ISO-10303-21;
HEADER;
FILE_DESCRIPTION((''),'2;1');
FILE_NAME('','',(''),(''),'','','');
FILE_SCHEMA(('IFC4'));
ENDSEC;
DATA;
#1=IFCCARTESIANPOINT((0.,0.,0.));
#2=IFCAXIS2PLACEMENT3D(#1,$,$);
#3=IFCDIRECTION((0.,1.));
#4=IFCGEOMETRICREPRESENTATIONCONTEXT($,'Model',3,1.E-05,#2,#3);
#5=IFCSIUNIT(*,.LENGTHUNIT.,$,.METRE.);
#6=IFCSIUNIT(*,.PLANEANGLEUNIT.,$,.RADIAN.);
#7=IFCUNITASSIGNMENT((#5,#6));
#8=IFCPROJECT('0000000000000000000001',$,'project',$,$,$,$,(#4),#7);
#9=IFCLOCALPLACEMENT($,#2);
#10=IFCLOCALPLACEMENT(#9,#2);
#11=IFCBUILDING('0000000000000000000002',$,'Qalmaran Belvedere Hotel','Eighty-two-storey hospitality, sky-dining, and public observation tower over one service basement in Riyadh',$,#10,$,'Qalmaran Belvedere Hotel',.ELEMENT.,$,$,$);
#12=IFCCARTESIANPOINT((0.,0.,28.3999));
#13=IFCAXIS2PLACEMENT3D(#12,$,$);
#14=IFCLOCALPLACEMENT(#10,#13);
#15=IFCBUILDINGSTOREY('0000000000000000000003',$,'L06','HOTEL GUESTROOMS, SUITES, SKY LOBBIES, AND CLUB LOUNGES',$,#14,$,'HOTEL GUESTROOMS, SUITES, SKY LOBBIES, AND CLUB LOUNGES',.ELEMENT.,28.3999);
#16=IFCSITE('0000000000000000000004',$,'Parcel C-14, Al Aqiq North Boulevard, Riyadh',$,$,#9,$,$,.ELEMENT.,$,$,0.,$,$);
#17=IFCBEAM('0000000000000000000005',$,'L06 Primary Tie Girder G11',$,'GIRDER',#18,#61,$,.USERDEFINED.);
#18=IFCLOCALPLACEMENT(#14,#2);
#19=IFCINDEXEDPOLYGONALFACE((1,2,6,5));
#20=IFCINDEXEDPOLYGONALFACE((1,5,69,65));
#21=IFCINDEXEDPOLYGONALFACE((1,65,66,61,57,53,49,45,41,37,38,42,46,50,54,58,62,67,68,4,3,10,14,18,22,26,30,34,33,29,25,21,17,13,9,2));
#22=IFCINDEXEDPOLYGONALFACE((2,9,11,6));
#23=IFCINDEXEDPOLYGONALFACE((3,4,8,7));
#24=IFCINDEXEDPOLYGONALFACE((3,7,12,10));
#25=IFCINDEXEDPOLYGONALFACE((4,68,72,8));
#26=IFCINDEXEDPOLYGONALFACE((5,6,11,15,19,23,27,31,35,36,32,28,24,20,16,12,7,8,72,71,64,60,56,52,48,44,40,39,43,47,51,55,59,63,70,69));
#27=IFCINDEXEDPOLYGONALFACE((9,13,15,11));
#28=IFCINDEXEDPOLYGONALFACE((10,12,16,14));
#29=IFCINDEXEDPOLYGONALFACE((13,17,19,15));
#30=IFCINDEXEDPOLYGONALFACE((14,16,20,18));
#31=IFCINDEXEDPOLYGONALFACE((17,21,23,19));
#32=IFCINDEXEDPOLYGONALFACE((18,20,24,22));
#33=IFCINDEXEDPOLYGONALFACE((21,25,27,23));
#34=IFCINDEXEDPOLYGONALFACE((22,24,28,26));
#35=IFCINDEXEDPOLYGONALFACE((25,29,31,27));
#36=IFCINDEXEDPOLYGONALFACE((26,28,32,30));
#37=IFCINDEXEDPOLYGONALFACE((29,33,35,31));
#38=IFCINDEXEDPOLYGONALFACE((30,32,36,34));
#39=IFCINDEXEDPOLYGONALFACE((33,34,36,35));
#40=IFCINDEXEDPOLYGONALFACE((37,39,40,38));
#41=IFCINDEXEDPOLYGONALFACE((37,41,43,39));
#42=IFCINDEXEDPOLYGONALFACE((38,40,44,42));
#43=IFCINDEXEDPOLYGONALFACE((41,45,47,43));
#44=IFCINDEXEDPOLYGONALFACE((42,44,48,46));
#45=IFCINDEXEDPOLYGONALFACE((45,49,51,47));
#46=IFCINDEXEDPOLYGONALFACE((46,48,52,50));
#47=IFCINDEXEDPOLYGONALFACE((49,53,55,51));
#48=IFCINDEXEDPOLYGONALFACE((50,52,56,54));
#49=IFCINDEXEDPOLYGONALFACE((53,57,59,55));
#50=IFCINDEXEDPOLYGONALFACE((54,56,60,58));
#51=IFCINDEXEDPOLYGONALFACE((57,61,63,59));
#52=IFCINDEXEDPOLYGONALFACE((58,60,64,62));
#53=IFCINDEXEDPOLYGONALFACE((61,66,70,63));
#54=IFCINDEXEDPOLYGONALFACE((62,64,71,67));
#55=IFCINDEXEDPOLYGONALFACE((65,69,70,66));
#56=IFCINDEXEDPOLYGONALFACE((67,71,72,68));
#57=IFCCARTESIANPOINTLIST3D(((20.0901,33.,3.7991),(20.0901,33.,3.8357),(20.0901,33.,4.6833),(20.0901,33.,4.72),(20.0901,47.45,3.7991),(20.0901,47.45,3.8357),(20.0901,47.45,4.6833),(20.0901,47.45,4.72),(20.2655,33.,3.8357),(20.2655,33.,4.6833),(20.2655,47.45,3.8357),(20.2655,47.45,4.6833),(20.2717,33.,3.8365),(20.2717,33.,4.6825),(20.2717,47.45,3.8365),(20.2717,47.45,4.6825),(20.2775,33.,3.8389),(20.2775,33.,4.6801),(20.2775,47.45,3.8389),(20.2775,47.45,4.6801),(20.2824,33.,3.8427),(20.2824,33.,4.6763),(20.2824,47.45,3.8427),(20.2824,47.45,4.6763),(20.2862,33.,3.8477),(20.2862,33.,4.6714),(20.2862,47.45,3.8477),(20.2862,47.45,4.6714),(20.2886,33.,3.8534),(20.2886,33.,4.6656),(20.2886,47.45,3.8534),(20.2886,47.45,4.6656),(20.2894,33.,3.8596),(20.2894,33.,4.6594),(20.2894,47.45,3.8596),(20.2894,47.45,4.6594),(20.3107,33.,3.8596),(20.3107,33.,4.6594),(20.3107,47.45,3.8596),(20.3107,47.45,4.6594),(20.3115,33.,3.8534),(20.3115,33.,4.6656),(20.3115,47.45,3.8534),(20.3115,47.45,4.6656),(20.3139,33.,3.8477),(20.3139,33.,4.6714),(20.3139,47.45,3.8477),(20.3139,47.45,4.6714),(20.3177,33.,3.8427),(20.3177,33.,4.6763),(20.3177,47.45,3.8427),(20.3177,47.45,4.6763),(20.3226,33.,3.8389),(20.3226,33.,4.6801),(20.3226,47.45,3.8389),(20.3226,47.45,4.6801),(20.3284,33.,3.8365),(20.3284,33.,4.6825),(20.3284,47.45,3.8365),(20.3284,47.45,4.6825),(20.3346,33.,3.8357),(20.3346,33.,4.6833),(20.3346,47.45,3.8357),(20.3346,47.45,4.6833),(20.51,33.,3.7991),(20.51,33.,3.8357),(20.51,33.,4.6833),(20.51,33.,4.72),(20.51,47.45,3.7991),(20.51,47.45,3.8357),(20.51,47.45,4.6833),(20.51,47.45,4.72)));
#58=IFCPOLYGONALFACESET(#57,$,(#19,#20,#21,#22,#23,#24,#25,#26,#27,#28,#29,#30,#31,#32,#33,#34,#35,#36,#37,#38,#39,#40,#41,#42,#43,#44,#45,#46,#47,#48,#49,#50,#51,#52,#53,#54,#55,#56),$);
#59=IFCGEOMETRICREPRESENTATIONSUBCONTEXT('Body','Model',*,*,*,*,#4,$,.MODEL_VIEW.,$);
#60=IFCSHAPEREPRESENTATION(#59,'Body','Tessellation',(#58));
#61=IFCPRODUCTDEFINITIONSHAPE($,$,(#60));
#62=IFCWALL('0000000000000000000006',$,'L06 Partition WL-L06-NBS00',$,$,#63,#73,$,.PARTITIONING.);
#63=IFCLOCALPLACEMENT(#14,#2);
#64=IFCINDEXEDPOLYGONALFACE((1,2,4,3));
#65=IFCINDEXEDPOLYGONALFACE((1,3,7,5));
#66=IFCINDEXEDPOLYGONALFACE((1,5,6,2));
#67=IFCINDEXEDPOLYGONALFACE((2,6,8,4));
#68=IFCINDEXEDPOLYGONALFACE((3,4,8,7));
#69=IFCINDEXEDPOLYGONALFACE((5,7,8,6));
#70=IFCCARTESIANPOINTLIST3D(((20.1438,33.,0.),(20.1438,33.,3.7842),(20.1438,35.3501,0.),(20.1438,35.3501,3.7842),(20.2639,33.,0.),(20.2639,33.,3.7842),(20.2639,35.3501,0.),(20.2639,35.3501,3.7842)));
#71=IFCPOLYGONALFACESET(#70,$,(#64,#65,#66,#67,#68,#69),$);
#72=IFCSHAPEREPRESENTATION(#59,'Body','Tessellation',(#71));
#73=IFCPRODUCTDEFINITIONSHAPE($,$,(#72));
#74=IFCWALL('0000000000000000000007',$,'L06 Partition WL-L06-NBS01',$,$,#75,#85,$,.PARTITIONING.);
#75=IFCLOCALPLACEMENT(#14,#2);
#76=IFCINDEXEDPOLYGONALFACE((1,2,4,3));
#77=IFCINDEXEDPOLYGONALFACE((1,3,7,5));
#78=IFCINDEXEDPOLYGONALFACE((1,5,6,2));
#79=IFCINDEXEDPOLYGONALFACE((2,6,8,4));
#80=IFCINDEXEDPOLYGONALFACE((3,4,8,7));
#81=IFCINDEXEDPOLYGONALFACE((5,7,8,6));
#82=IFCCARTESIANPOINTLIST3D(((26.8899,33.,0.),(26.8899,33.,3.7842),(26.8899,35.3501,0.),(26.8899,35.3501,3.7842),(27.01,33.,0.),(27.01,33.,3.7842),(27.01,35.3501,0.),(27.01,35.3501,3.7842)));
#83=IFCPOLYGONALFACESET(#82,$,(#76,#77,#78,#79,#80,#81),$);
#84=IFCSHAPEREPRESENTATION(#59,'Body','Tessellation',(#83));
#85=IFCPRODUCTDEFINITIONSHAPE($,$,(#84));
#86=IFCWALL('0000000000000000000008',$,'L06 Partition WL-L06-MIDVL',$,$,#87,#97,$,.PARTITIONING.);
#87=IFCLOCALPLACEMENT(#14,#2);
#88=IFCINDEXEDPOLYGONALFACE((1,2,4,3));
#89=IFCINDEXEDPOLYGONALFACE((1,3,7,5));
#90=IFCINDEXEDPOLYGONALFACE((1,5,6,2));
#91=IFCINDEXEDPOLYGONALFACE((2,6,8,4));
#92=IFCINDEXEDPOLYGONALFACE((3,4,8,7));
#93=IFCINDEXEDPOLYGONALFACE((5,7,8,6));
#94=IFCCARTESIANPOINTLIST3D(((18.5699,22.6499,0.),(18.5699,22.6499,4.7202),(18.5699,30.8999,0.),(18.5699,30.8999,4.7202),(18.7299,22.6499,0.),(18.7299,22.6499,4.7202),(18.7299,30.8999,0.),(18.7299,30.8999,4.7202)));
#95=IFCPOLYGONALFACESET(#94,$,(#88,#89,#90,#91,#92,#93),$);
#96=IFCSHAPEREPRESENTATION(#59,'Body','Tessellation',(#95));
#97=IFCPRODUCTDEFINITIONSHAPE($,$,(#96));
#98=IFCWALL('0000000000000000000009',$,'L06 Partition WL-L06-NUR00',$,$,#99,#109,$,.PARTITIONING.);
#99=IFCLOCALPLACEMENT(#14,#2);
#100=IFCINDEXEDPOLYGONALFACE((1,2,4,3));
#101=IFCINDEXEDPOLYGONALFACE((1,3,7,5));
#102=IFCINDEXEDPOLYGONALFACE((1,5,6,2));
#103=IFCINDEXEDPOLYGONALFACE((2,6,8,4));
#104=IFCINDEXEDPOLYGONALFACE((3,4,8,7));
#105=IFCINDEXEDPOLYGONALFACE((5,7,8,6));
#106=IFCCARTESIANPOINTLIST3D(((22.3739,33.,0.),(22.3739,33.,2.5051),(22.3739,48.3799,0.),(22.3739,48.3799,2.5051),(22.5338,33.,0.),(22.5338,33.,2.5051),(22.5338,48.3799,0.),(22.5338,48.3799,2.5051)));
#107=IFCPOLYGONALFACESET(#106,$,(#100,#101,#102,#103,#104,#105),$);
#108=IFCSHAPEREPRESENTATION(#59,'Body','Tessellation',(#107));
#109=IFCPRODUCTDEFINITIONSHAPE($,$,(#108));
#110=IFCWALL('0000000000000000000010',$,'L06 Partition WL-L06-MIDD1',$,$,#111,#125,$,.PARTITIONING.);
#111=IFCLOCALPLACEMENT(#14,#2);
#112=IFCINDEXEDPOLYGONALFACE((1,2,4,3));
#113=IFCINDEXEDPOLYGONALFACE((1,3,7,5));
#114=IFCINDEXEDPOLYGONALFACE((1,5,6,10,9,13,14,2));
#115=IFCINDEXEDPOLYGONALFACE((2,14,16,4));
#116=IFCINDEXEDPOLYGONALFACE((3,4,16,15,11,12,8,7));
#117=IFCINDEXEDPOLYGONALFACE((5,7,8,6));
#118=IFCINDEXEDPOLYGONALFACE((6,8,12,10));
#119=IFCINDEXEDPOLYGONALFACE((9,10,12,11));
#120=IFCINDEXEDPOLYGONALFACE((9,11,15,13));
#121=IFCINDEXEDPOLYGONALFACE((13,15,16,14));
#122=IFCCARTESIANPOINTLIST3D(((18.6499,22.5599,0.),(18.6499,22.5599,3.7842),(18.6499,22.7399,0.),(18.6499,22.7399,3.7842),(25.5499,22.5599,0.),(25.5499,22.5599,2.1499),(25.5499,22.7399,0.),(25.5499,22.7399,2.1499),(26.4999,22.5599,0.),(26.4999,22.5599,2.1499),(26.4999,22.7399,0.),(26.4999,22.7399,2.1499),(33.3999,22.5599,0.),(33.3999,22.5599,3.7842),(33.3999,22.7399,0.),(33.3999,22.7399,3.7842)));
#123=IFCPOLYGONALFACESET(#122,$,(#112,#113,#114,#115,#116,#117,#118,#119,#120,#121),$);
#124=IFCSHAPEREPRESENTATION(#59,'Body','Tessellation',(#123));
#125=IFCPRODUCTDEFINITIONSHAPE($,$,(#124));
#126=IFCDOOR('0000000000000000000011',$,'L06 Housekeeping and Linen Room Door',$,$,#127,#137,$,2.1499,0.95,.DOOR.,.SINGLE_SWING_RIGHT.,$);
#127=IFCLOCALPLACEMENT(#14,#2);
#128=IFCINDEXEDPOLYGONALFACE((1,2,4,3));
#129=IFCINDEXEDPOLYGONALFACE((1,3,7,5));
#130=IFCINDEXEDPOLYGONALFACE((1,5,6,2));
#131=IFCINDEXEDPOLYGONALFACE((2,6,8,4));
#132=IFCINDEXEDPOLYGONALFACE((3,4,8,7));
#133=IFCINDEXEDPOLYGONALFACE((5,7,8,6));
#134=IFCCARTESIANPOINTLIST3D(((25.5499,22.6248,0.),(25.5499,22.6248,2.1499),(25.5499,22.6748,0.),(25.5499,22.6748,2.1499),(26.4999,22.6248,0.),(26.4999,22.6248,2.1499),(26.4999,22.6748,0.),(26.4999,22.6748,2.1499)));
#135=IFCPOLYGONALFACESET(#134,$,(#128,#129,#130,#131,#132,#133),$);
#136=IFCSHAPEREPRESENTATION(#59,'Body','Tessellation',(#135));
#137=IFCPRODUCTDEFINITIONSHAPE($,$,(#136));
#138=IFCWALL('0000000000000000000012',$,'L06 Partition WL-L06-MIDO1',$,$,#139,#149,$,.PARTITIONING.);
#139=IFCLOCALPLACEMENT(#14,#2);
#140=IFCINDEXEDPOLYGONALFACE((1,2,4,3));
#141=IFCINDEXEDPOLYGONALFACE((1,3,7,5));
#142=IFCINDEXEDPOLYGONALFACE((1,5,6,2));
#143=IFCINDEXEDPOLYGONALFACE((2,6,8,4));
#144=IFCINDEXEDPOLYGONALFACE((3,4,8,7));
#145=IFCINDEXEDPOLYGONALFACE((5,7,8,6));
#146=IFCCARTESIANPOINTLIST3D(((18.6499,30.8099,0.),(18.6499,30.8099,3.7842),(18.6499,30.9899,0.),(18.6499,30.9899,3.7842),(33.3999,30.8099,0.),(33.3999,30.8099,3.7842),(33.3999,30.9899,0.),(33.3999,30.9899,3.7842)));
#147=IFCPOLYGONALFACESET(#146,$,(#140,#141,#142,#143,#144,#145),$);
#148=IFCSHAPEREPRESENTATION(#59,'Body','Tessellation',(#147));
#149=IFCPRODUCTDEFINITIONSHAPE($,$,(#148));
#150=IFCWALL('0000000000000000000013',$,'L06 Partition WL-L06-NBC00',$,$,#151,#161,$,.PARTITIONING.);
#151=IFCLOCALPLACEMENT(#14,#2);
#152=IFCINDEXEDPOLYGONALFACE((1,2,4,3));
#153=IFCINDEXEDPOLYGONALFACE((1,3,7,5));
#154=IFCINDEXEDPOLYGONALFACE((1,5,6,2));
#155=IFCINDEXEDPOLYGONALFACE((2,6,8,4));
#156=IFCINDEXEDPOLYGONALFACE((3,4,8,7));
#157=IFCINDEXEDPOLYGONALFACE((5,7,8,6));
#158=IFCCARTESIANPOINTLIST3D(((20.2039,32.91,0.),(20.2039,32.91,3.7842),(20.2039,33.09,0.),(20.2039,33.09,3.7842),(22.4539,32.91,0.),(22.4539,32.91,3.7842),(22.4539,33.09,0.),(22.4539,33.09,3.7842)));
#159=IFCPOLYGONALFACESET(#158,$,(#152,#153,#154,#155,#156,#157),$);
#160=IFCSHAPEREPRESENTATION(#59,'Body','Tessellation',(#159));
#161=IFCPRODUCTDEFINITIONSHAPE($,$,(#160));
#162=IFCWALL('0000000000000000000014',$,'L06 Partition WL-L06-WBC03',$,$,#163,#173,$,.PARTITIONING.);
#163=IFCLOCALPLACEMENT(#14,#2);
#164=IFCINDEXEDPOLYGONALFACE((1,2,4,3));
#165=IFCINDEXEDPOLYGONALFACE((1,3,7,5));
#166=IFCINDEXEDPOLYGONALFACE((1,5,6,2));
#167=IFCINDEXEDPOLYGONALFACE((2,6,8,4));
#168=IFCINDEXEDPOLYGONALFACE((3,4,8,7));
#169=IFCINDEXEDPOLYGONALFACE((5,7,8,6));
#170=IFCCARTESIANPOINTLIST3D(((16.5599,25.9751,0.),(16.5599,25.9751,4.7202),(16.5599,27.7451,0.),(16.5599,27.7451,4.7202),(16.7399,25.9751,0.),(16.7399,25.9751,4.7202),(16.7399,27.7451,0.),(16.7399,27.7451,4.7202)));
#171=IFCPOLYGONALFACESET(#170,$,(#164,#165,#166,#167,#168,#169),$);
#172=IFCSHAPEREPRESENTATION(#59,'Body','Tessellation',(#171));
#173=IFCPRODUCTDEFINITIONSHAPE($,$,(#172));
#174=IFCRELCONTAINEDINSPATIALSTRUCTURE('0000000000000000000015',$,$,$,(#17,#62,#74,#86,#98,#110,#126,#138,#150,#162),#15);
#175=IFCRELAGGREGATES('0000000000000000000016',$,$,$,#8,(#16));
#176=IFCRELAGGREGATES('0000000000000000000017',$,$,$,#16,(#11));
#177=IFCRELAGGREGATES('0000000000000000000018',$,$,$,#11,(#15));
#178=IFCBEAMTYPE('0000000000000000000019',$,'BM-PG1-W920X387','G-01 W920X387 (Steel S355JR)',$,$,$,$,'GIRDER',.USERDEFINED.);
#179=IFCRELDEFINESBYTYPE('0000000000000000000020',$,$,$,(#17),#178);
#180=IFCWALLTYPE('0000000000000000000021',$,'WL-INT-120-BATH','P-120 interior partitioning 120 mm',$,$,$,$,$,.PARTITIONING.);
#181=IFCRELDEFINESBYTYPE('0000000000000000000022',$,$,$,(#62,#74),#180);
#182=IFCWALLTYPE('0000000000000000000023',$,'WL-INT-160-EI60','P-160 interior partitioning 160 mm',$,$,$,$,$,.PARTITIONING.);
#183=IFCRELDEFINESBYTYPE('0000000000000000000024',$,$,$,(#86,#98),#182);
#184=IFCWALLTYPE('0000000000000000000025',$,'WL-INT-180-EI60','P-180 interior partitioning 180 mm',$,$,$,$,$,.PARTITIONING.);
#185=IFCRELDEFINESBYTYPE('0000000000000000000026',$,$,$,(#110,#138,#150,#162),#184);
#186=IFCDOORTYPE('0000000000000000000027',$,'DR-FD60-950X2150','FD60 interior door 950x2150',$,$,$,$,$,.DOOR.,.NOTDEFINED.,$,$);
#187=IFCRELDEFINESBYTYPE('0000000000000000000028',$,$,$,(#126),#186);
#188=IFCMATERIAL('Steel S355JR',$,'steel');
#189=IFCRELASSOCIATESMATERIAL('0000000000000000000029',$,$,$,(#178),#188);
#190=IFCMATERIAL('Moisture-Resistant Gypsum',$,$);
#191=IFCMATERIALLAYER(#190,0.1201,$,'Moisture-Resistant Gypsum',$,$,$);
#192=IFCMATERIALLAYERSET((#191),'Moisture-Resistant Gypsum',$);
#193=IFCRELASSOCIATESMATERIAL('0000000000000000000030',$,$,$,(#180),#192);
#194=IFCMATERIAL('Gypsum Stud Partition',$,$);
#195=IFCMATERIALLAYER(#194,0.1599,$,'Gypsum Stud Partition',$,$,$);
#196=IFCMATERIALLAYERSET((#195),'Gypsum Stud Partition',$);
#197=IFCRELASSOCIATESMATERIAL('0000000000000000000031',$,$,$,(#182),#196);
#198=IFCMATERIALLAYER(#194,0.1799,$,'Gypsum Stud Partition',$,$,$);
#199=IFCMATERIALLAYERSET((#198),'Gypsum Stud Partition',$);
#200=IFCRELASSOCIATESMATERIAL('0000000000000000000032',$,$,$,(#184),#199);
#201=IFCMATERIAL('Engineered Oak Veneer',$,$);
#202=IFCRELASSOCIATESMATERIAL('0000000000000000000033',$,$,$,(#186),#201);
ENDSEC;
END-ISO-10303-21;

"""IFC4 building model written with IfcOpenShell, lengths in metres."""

from ifc_helpers import new_model, si_unit, direction, frame, frame_2d, origin, origin_2d, place, context, subcontext, project, spatial, rectangle, i_section, extrude, material, layer, layer_set, material_profile, profile_set, type_object, element, fill, save


model = new_model("IFC4")

# Units and contexts
model_context = context("Model", 3, precision=1e-05, world=origin(), true_north=direction((0.0, 1.0)))
body_context = subcontext(model_context, "Body", "Model", "MODEL_VIEW")
ifc_project = project(units=[si_unit("LENGTHUNIT", "METRE"), si_unit("PLANEANGLEUNIT", "RADIAN")], contexts=[model_context])

# Site, building, storey
site_placement = place(None, origin())
site = spatial("IfcSite", under=ifc_project, at=site_placement, Name="Parcel C-14, Al Aqiq North Boulevard, Riyadh", CompositionType="ELEMENT", RefElevation=0.0)
building_placement = place(site_placement, origin())
building = spatial("IfcBuilding", under=site, at=building_placement, Name="Qalmaran Belvedere Hotel", Description="Eighty-two-storey hospitality, sky-dining, and public observation tower over one service basement in Riyadh", LongName="Qalmaran Belvedere Hotel", CompositionType="ELEMENT")
storey_placement = place(building_placement, frame((0.0, 0.0, 28.3999)))
storey = spatial("IfcBuildingStorey", under=building, at=storey_placement, Name="L06", Description="HOTEL GUESTROOMS, SUITES, SKY LOBBIES, AND CLUB LOUNGES", LongName="HOTEL GUESTROOMS, SUITES, SKY LOBBIES, AND CLUB LOUNGES", CompositionType="ELEMENT", Elevation=28.3999)

# Beam
ifc_material_1 = material(Name="Steel S355JR", Category="steel")
ifc_material_profile_1 = material_profile(ifc_material_1, i_section(OverallWidth=0.4199, OverallDepth=0.9209, WebThickness=0.0212, FlangeThickness=0.0366, FilletRadius=0.0239, at=origin_2d()), Name="W920X387")
ifc_profile_set_1 = profile_set([ifc_material_profile_1], Name="Steel S355JR")
beam_type_1 = type_object("IfcBeamType", Name="BM-PG1-W920X387", Description="G-01 W920X387 (Steel S355JR)", ElementType="GIRDER", PredefinedType="USERDEFINED", material=ifc_profile_set_1)
beam_1_placement = place(storey_placement, frame((20.3, 33.0, 4.2595), z_axis=(0.0, 1.0, 0.0), x_axis=(-1.0, 0.0, 0.0)))
element("IfcBeam", 1, at=beam_1_placement, inside=storey, type_object=beam_type_1, Name="L06 Primary Tie Girder G11", ObjectType="GIRDER", PredefinedType="USERDEFINED", context=body_context, shape_type="SweptSolid", body=[
    extrude(i_section(OverallWidth=0.4199, OverallDepth=0.9209, WebThickness=0.0212, FlangeThickness=0.0366, FilletRadius=0.0239, at=origin_2d()), origin(), (0.0, 0.0, 1.0), 14.45),
])

# Walls
ifc_material_2 = material(Name="Moisture-Resistant Gypsum")
ifc_layer_1 = layer(ifc_material_2, 0.1201, Name="Moisture-Resistant Gypsum")
ifc_layer_set_1 = layer_set([ifc_layer_1], Name="Moisture-Resistant Gypsum")
wall_type_1 = type_object("IfcWallType", Name="WL-INT-120-BATH", Description="P-120 interior partitioning 120 mm", PredefinedType="PARTITIONING", material=ifc_layer_set_1)
for number, where, z_axis, x_axis, name in (
    (2, (20.2039, 33.0, 0.0), (0.0, 0.0, 1.0), (0.0, 1.0, 0.0), "L06 Partition WL-L06-NBS00"),
    (3, (26.95, 33.0, 0.0), (0.0, 0.0, 1.0), (0.0, 1.0, 0.0), "L06 Partition WL-L06-NBS01"),
):
    element("IfcWall", number, at=place(storey_placement, frame(where, z_axis=z_axis, x_axis=x_axis)), inside=storey, type_object=wall_type_1, Name=name, PredefinedType="PARTITIONING", context=body_context, shape_type="SweptSolid", body=[
        extrude(rectangle(XDim=2.3501, YDim=0.1201, at=frame_2d((1.175, 0.0))), origin(), (0.0, 0.0, 1.0), 3.7842),
    ])

# Shared definitions
ifc_material_3 = material(Name="Gypsum Stud Partition")

# Walls
ifc_layer_2 = layer(ifc_material_3, 0.1599, Name="Gypsum Stud Partition")
ifc_layer_set_2 = layer_set([ifc_layer_2], Name="Gypsum Stud Partition")
wall_type_2 = type_object("IfcWallType", Name="WL-INT-160-EI60", Description="P-160 interior partitioning 160 mm", PredefinedType="PARTITIONING", material=ifc_layer_set_2)
wall_1_placement = place(storey_placement, frame((18.6499, 22.6499, 0.0), z_axis=(0.0, 0.0, 1.0), x_axis=(0.0, 1.0, 0.0)))
element("IfcWall", 4, at=wall_1_placement, inside=storey, type_object=wall_type_2, Name="L06 Partition WL-L06-MIDVL", PredefinedType="PARTITIONING", context=body_context, shape_type="SweptSolid", body=[
    extrude(rectangle(XDim=8.25, YDim=0.1599, at=frame_2d((4.125, 0.0))), origin(), (0.0, 0.0, 1.0), 4.7202),
])
wall_2_placement = place(storey_placement, frame((22.4539, 33.0, 0.0), z_axis=(0.0, 0.0, 1.0), x_axis=(0.0, 1.0, 0.0)))
element("IfcWall", 5, at=wall_2_placement, inside=storey, type_object=wall_type_2, Name="L06 Partition WL-L06-NUR00", PredefinedType="PARTITIONING", context=body_context, shape_type="SweptSolid", body=[
    extrude(rectangle(XDim=15.3799, YDim=0.1599, at=frame_2d((7.6899, 0.0))), origin(), (0.0, 0.0, 1.0), 2.5051),
])

# Wall, opening, door
ifc_layer_3 = layer(ifc_material_3, 0.1799, Name="Gypsum Stud Partition")
ifc_layer_set_3 = layer_set([ifc_layer_3], Name="Gypsum Stud Partition")
wall_type_3 = type_object("IfcWallType", Name="WL-INT-180-EI60", Description="P-180 interior partitioning 180 mm", PredefinedType="PARTITIONING", material=ifc_layer_set_3)
wall_3_placement = place(storey_placement, frame((18.6499, 22.6499, 0.0), z_axis=(0.0, 0.0, 1.0), x_axis=(1.0, 0.0, 0.0)))
wall_3 = element("IfcWall", 6, at=wall_3_placement, inside=storey, type_object=wall_type_3, Name="L06 Partition WL-L06-MIDD1", PredefinedType="PARTITIONING", context=body_context, shape_type="SweptSolid", body=[
    extrude(rectangle(XDim=14.75, YDim=0.1799, at=frame_2d((7.375, 0.0))), origin(), (0.0, 0.0, 1.0), 3.7842),
])
opening_1_placement = place(wall_3_placement, frame((6.8999, 0.0, 0.0)))
opening_1 = element("IfcOpeningElement", 7, at=opening_1_placement, cuts=wall_3, PredefinedType="OPENING", context=body_context, shape_type="SweptSolid", body=[
    extrude(rectangle(XDim=0.95, YDim=2.1499, at=frame_2d((0.4751, 1.075))), frame((0.0, 0.1001, 0.0), z_axis=(0.0, -1.0, 0.0), x_axis=(1.0, 0.0, 0.0)), (0.0, 0.0, 1.0), 0.2),
])
ifc_material_4 = material(Name="Engineered Oak Veneer")
door_type_1 = type_object("IfcDoorType", Name="DR-FD60-950X2150", Description="FD60 interior door 950x2150", OperationType="NOTDEFINED", PredefinedType="DOOR", material=ifc_material_4)
door_1_placement = place(opening_1_placement, origin())
door_1 = element("IfcDoor", 8, at=door_1_placement, inside=storey, type_object=door_type_1, Name="L06 Housekeeping and Linen Room Door", OperationType="SINGLE_SWING_RIGHT", OverallHeight=2.1499, OverallWidth=0.95, PredefinedType="DOOR", context=body_context, shape_type="SweptSolid", body=[
    extrude(rectangle(XDim=0.95, YDim=2.1499, at=frame_2d((0.4751, 1.075))), frame((0.0, 0.0249, 0.0), z_axis=(0.0, -1.0, 0.0), x_axis=(1.0, 0.0, 0.0)), (0.0, 0.0, 1.0), 0.05),
])
fill(opening_1, door_1)

# Walls
wall_4_placement = place(storey_placement, frame((18.6499, 30.8999, 0.0), z_axis=(0.0, 0.0, 1.0), x_axis=(1.0, 0.0, 0.0)))
element("IfcWall", 9, at=wall_4_placement, inside=storey, type_object=wall_type_3, Name="L06 Partition WL-L06-MIDO1", PredefinedType="PARTITIONING", context=body_context, shape_type="SweptSolid", body=[
    extrude(rectangle(XDim=14.75, YDim=0.1799, at=frame_2d((7.375, 0.0))), origin(), (0.0, 0.0, 1.0), 3.7842),
])
wall_5_placement = place(storey_placement, frame((20.2039, 33.0, 0.0), z_axis=(0.0, 0.0, 1.0), x_axis=(1.0, 0.0, 0.0)))
element("IfcWall", 10, at=wall_5_placement, inside=storey, type_object=wall_type_3, Name="L06 Partition WL-L06-NBC00", PredefinedType="PARTITIONING", context=body_context, shape_type="SweptSolid", body=[
    extrude(rectangle(XDim=2.25, YDim=0.1799, at=frame_2d((1.125, 0.0))), origin(), (0.0, 0.0, 1.0), 3.7842),
])

# Wall
wall_6_placement = place(storey_placement, frame((16.6499, 25.9751, 0.0), z_axis=(0.0, 0.0, 1.0), x_axis=(0.0, 1.0, 0.0)))
element("IfcWall", 11, at=wall_6_placement, inside=storey, type_object=wall_type_3, Name="L06 Partition WL-L06-WBC03", PredefinedType="PARTITIONING", context=body_context, shape_type="SweptSolid", body=[
    extrude(rectangle(XDim=1.77, YDim=0.1799, at=frame_2d((0.885, 0.0))), origin(), (0.0, 0.0, 1.0), 4.7202),
])

save(model, "model.ifc")
